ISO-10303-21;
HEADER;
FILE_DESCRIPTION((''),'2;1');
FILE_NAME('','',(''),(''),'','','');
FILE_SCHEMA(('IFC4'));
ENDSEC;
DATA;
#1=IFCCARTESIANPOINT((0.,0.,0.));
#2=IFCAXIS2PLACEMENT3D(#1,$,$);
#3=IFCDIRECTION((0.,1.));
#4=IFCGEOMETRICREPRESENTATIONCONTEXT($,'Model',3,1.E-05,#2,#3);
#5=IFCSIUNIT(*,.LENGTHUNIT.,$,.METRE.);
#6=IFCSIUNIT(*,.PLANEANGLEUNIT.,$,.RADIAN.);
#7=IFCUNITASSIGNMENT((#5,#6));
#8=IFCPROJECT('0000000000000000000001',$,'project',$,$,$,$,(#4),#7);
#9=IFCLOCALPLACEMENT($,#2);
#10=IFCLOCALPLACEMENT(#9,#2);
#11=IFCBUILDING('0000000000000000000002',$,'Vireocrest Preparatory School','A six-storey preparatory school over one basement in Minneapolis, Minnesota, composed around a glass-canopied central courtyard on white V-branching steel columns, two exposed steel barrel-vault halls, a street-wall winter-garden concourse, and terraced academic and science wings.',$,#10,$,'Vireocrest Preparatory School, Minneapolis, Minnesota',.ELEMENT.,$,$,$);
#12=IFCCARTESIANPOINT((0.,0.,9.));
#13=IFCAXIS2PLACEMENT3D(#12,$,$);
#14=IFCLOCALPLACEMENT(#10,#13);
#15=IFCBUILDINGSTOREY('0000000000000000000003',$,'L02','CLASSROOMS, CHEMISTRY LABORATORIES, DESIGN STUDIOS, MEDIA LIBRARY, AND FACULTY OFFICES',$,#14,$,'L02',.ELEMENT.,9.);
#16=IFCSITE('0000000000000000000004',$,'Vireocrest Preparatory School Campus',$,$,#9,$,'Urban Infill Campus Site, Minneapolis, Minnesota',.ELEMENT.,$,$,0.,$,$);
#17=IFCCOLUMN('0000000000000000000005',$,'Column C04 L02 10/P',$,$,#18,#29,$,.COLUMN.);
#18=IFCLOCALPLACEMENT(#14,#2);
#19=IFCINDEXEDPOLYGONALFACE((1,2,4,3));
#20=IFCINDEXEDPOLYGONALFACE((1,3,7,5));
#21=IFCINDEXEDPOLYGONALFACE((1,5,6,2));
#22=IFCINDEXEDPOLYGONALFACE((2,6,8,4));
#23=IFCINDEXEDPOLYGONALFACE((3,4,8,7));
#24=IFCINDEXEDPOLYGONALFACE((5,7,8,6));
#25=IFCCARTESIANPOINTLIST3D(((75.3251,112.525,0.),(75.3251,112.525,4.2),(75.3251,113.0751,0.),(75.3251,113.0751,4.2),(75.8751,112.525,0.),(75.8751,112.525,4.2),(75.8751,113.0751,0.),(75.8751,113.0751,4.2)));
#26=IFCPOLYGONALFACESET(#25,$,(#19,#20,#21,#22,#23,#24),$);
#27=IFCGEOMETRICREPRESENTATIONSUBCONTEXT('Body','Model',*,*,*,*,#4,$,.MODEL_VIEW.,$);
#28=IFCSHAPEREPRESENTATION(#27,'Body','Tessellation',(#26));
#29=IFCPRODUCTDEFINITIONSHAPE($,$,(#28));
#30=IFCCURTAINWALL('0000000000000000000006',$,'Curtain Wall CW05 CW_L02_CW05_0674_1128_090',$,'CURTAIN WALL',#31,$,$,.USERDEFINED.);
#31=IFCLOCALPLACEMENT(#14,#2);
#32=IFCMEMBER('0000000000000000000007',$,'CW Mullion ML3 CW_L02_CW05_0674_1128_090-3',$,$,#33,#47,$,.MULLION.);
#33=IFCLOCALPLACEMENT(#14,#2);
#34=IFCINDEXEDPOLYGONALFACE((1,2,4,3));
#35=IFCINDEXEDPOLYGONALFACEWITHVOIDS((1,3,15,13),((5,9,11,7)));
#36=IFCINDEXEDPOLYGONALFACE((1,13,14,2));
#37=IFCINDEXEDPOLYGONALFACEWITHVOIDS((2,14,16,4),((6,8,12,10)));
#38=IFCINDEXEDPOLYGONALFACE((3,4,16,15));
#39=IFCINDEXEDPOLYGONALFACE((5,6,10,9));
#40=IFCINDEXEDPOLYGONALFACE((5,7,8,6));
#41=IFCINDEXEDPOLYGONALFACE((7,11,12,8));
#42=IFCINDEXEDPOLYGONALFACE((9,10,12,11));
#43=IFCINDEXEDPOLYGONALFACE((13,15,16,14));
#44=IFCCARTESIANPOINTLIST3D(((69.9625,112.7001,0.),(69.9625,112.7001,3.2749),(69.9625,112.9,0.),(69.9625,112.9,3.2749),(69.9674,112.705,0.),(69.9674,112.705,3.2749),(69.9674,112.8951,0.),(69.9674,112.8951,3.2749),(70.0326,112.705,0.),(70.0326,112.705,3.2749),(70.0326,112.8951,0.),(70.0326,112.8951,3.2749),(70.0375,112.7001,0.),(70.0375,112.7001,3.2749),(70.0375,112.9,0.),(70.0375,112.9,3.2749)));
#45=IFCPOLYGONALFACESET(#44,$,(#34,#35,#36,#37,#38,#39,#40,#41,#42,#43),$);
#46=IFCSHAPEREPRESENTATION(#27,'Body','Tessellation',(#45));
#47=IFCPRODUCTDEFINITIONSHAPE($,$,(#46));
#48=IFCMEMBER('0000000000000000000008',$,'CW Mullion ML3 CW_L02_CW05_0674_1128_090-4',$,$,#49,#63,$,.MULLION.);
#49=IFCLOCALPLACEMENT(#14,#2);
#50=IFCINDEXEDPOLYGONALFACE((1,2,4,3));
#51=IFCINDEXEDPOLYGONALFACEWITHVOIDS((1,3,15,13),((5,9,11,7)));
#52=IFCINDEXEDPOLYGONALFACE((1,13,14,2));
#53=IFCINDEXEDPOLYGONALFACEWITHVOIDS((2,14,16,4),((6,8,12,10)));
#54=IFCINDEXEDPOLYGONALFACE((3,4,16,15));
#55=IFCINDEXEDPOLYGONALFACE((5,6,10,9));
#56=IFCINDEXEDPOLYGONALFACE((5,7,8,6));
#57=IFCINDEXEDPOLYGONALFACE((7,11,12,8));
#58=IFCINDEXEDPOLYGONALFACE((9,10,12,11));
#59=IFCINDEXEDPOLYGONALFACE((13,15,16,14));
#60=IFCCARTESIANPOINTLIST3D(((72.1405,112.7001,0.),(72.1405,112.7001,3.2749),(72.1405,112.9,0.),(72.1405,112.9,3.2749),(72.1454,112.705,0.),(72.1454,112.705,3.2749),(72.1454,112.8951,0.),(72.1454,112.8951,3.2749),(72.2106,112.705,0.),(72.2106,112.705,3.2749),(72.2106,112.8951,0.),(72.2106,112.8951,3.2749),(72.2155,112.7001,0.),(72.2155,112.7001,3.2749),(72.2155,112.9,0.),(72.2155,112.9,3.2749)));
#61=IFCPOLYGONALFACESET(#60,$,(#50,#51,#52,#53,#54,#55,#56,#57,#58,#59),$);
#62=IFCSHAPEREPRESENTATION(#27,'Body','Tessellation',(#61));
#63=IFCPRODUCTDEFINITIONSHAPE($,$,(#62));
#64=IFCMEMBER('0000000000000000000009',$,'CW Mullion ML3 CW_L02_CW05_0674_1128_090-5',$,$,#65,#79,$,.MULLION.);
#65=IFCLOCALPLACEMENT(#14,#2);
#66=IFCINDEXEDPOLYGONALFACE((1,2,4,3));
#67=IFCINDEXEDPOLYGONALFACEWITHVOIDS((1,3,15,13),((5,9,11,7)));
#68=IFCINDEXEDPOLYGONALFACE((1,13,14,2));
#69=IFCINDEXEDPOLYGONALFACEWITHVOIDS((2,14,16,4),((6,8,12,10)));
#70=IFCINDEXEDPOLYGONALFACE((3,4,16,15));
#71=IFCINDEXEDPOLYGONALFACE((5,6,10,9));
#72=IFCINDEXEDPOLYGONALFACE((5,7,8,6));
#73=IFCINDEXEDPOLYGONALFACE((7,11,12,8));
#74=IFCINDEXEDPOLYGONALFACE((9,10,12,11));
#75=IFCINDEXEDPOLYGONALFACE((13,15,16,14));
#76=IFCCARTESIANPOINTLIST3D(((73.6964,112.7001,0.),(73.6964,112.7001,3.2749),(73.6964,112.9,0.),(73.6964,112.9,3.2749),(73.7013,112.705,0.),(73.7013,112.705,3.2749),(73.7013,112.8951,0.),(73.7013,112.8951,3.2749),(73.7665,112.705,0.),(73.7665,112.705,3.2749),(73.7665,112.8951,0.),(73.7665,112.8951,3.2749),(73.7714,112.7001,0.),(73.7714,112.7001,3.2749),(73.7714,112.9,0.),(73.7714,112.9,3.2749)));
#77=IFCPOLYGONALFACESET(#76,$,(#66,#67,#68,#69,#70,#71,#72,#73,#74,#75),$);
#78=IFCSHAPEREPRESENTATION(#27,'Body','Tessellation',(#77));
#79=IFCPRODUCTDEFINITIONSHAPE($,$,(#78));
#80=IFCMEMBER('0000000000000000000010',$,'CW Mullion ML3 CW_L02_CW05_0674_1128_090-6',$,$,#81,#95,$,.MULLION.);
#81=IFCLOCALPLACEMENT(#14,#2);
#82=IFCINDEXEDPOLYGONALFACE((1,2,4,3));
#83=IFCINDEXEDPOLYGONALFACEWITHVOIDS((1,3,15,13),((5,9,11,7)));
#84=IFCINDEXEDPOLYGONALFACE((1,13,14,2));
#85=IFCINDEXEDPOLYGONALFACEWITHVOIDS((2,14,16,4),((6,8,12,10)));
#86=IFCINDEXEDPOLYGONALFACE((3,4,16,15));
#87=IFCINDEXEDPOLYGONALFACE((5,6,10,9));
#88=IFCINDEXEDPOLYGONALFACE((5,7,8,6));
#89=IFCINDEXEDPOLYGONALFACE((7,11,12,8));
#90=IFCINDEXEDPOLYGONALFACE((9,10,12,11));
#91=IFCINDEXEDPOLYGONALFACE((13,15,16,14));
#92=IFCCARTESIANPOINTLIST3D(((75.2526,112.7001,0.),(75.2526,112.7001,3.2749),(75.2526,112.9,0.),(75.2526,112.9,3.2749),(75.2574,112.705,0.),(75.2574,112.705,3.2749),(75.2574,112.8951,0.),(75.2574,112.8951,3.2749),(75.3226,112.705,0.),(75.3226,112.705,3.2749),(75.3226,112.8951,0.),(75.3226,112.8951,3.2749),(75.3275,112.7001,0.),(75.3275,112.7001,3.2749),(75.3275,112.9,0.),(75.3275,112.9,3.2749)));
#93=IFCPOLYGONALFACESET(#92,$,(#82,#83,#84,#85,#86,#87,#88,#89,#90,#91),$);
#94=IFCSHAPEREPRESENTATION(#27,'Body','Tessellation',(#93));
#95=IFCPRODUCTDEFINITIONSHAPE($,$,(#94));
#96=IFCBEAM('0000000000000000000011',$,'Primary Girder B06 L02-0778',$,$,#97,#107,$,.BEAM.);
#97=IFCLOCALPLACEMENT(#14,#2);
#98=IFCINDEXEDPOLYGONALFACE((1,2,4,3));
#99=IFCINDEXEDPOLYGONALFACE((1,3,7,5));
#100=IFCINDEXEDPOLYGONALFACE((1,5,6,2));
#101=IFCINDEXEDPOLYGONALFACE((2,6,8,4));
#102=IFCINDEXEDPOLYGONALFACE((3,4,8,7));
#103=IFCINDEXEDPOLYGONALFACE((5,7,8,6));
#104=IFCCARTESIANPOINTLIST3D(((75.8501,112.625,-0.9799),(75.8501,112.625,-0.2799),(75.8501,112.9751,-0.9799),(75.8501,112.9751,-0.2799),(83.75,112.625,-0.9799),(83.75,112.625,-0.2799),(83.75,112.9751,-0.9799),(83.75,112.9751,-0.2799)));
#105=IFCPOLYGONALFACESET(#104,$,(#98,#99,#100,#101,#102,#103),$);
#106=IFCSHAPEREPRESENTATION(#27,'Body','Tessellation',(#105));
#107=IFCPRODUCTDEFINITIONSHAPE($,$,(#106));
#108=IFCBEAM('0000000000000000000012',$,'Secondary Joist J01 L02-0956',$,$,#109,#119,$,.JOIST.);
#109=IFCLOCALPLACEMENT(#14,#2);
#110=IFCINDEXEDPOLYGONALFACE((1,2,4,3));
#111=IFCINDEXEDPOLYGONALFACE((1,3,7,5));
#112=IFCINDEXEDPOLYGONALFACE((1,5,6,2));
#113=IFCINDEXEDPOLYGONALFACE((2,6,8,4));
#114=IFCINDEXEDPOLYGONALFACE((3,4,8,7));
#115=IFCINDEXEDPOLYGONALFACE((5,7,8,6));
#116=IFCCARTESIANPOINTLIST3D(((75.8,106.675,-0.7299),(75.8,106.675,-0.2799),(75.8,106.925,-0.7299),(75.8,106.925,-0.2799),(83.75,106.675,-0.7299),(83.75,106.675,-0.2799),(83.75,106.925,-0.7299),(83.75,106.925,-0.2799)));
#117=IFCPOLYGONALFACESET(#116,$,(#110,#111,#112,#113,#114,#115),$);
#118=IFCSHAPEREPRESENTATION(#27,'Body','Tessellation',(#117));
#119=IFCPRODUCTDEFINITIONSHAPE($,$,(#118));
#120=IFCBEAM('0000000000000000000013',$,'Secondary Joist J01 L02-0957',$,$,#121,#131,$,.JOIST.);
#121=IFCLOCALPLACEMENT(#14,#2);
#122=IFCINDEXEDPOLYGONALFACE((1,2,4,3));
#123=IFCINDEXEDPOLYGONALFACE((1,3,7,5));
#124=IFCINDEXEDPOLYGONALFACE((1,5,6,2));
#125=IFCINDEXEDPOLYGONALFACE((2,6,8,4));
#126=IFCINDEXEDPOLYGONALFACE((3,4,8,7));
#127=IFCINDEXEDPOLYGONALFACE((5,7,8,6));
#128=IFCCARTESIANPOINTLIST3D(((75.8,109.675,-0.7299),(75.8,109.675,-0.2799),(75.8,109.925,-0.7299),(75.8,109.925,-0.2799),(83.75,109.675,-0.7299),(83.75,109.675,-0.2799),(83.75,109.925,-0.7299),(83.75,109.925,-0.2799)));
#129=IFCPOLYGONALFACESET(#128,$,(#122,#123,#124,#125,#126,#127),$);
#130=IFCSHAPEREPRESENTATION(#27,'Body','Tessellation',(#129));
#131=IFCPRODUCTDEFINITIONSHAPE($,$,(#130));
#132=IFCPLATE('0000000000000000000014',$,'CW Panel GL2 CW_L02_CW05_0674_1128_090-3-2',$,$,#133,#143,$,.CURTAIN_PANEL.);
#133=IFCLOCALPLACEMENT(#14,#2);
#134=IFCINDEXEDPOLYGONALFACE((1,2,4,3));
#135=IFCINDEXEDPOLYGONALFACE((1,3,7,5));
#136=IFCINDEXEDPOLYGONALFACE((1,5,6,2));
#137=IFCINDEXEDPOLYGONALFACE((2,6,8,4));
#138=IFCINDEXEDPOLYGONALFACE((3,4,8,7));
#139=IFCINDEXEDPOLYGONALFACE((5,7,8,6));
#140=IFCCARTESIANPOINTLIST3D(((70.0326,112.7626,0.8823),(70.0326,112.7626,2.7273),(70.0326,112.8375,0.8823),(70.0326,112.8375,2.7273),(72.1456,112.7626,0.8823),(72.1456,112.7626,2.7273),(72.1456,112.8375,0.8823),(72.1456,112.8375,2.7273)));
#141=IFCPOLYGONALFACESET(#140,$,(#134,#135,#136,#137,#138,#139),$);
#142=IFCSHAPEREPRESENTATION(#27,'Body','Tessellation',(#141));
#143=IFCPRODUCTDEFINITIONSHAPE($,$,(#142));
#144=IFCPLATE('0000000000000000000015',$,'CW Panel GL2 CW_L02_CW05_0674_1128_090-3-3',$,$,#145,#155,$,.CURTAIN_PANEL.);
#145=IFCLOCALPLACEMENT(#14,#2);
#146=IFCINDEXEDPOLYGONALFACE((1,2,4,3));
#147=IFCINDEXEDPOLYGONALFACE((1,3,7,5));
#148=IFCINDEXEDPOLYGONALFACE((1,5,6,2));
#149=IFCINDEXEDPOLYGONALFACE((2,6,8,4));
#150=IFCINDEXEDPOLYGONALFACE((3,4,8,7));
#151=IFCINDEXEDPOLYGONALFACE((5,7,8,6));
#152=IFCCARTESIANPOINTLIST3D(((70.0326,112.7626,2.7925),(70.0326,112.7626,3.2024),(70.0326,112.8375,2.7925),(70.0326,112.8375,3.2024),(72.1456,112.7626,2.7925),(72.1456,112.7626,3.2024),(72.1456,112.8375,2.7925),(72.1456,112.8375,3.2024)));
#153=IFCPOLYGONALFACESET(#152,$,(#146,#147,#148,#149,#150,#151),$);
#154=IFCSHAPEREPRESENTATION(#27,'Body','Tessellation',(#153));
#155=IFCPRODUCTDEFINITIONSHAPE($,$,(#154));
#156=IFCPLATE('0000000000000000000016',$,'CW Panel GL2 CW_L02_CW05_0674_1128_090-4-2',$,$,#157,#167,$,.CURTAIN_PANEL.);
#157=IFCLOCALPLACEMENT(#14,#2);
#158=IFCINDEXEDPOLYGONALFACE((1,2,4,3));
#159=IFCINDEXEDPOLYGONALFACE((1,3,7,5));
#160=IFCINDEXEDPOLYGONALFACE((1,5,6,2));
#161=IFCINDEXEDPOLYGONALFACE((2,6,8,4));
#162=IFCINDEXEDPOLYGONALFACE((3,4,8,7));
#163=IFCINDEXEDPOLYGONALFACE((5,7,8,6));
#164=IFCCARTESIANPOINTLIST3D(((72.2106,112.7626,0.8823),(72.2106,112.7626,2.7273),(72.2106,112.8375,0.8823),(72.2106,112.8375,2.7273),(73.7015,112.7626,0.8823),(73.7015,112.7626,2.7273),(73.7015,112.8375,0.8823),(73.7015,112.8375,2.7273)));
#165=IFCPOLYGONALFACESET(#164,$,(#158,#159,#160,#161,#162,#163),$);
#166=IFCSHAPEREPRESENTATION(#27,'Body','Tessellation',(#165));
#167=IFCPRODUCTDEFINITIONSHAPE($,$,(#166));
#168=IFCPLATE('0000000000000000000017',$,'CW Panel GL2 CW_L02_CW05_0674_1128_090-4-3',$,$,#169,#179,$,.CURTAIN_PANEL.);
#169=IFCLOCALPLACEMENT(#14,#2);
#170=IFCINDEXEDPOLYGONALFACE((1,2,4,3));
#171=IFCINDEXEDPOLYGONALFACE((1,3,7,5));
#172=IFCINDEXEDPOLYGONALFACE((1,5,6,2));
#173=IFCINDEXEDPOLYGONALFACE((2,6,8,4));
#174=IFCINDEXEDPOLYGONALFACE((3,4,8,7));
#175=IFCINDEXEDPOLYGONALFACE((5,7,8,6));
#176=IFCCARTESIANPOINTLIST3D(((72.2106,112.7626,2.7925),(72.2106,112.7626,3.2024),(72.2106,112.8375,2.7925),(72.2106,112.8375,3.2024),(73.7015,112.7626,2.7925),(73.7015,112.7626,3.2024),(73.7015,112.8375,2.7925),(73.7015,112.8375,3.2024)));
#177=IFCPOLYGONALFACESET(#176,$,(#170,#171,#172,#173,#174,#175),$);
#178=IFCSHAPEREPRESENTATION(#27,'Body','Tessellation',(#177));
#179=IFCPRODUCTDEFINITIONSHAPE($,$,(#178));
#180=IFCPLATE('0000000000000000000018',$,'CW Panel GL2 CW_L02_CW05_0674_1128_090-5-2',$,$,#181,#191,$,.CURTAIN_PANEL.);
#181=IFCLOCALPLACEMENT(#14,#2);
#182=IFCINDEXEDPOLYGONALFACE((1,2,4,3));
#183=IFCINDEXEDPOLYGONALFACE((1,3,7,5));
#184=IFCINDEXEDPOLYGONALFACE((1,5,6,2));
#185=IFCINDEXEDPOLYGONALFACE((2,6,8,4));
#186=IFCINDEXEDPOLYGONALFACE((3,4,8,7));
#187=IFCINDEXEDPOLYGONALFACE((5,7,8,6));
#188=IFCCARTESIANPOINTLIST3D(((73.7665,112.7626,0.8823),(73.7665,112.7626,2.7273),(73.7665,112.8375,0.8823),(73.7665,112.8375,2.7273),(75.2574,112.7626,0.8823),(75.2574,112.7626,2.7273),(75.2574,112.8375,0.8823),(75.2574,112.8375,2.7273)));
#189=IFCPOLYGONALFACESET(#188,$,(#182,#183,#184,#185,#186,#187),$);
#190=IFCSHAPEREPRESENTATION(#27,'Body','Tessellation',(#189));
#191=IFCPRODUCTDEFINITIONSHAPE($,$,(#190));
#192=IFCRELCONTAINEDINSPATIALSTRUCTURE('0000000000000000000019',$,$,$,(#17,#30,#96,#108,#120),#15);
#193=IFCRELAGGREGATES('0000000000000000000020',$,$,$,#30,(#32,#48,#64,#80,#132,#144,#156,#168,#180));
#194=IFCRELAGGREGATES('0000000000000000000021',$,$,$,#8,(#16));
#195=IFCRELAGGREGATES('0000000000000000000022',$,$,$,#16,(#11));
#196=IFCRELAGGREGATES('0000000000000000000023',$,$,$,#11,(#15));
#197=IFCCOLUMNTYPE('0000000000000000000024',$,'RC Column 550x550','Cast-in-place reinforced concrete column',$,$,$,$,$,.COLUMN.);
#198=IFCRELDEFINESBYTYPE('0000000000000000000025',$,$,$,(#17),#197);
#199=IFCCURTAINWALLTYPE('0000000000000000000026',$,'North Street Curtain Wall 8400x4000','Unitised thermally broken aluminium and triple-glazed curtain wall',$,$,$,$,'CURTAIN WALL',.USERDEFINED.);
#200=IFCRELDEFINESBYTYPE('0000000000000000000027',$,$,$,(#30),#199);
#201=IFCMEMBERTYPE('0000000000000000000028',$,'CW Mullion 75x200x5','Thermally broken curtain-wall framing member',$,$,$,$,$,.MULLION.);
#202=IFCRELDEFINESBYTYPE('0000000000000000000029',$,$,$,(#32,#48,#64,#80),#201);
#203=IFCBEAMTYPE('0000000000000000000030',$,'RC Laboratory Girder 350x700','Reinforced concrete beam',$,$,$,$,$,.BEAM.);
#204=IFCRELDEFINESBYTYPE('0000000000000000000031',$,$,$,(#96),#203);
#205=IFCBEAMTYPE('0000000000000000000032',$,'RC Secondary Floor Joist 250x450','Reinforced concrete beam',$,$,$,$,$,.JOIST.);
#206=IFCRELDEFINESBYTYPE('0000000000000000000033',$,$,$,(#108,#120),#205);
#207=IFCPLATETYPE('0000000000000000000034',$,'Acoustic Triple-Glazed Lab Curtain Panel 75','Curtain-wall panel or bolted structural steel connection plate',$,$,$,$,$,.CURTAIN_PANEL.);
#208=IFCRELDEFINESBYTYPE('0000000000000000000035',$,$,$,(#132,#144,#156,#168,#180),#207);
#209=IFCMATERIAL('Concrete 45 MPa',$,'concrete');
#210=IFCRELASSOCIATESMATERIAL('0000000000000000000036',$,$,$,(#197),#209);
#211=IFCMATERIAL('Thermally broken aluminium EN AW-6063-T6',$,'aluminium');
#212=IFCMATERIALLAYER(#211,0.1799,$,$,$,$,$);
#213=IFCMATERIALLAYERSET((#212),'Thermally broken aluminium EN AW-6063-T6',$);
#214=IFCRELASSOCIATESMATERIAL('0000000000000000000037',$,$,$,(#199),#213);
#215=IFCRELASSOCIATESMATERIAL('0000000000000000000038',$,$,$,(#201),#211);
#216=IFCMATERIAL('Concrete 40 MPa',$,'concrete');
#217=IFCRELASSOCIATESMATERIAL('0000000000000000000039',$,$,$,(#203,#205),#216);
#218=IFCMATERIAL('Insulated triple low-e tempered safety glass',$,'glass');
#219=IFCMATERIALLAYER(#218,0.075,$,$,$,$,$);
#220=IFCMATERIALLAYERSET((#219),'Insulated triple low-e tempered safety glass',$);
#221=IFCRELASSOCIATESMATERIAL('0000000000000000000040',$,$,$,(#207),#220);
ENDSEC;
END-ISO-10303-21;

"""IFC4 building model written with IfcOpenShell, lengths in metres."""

from ifc_helpers import new_model, si_unit, direction, frame, origin, origin_2d, place, context, subcontext, project, spatial, rectangle, hollow_rectangle, extrude, material, layer, layer_set, material_profile, profile_set, type_object, element, aggregate, save


model = new_model("IFC4")

# Units and contexts
model_context = context("Model", 3, precision=1e-05, world=origin(), true_north=direction((0.0, 1.0)))
body_context = subcontext(model_context, "Body", "Model", "MODEL_VIEW")
ifc_project = project(units=[si_unit("LENGTHUNIT", "METRE"), si_unit("PLANEANGLEUNIT", "RADIAN")], contexts=[model_context])

# Site, building, storey
site_placement = place(None, origin())
site = spatial("IfcSite", under=ifc_project, at=site_placement, Name="Vireocrest Preparatory School Campus", LongName="Urban Infill Campus Site, Minneapolis, Minnesota", CompositionType="ELEMENT", RefElevation=0.0)
building_placement = place(site_placement, origin())
building = spatial("IfcBuilding", under=site, at=building_placement, Name="Vireocrest Preparatory School", Description="A six-storey preparatory school over one basement in Minneapolis, Minnesota, composed around a glass-canopied central courtyard on white V-branching steel columns, two exposed steel barrel-vault halls, a street-wall winter-garden concourse, and terraced academic and science wings.", LongName="Vireocrest Preparatory School, Minneapolis, Minnesota", CompositionType="ELEMENT")
storey_placement = place(building_placement, frame((0.0, 0.0, 9.0)))
storey = spatial("IfcBuildingStorey", under=building, at=storey_placement, Name="L02", Description="CLASSROOMS, CHEMISTRY LABORATORIES, DESIGN STUDIOS, MEDIA LIBRARY, AND FACULTY OFFICES", LongName="L02", CompositionType="ELEMENT", Elevation=9.0)

# Column
ifc_material_1 = material(Name="Concrete 45 MPa", Category="concrete")
ifc_material_profile_1 = material_profile(ifc_material_1, rectangle(XDim=0.55, YDim=0.55, at=origin_2d()), Name="RC 550x550")
ifc_profile_set_1 = profile_set([ifc_material_profile_1], Name="Concrete 45 MPa")
column_type = type_object("IfcColumnType", Name="RC Column 550x550", Description="Cast-in-place reinforced concrete column", PredefinedType="COLUMN", material=ifc_profile_set_1)
column_placement = place(storey_placement, frame((75.6001, 112.8, 0.0), z_axis=(0.0, 0.0, 1.0), x_axis=(1.0, 0.0, 0.0)))
element("IfcColumn", 1, at=column_placement, inside=storey, type_object=column_type, Name="Column C04 L02 10/P", PredefinedType="COLUMN", context=body_context, shape_type="SweptSolid", body=[
    extrude(rectangle(XDim=0.55, YDim=0.55, at=origin_2d()), origin(), (0.0, 0.0, 1.0), 4.2),
])

# Curtain wall, members
ifc_material_2 = material(Name="Thermally broken aluminium EN AW-6063-T6", Category="aluminium")
ifc_layer_1 = layer(ifc_material_2, 0.1799)
ifc_layer_set_1 = layer_set([ifc_layer_1], Name="Thermally broken aluminium EN AW-6063-T6")
curtain_wall_type = type_object("IfcCurtainWallType", Name="North Street Curtain Wall 8400x4000", Description="Unitised thermally broken aluminium and triple-glazed curtain wall", ElementType="CURTAIN WALL", PredefinedType="USERDEFINED", material=ifc_layer_set_1)
curtain_wall_placement = place(storey_placement, origin())
curtain_wall = element("IfcCurtainWall", 2, at=curtain_wall_placement, inside=storey, type_object=curtain_wall_type, Name="Curtain Wall CW05 CW_L02_CW05_0674_1128_090", ObjectType="CURTAIN WALL", PredefinedType="USERDEFINED")
ifc_material_profile_2 = material_profile(ifc_material_2, hollow_rectangle(XDim=0.075, YDim=0.2, WallThickness=0.0049, at=origin_2d()), Name="ALU 75x200x5")
ifc_profile_set_2 = profile_set([ifc_material_profile_2], Name="Thermally broken aluminium EN AW-6063-T6")
member_type = type_object("IfcMemberType", Name="CW Mullion 75x200x5", Description="Thermally broken curtain-wall framing member", PredefinedType="MULLION", material=ifc_profile_set_2)
member_1_placement = place(storey_placement, frame((70.0, 112.8, 0.0), z_axis=(0.0, 0.0, 1.0), x_axis=(1.0, 0.0, 0.0)))
member_1 = element("IfcMember", 3, at=member_1_placement, type_object=member_type, Name="CW Mullion ML3 CW_L02_CW05_0674_1128_090-3", PredefinedType="MULLION", context=body_context, shape_type="SweptSolid", body=[
    extrude(hollow_rectangle(XDim=0.075, YDim=0.2, WallThickness=0.0049, at=origin_2d()), origin(), (0.0, 0.0, 1.0), 3.2749),
])
member_2_placement = place(storey_placement, frame((72.178, 112.8, 0.0), z_axis=(0.0, 0.0, 1.0), x_axis=(1.0, 0.0, 0.0)))
member_2 = element("IfcMember", 4, at=member_2_placement, type_object=member_type, Name="CW Mullion ML3 CW_L02_CW05_0674_1128_090-4", PredefinedType="MULLION", context=body_context, shape_type="SweptSolid", body=[
    extrude(hollow_rectangle(XDim=0.075, YDim=0.2, WallThickness=0.0049, at=origin_2d()), origin(), (0.0, 0.0, 1.0), 3.2749),
])
member_3_placement = place(storey_placement, frame((73.7339, 112.8, 0.0), z_axis=(0.0, 0.0, 1.0), x_axis=(1.0, 0.0, 0.0)))
member_3 = element("IfcMember", 5, at=member_3_placement, type_object=member_type, Name="CW Mullion ML3 CW_L02_CW05_0674_1128_090-5", PredefinedType="MULLION", context=body_context, shape_type="SweptSolid", body=[
    extrude(hollow_rectangle(XDim=0.075, YDim=0.2, WallThickness=0.0049, at=origin_2d()), origin(), (0.0, 0.0, 1.0), 3.2749),
])
member_4_placement = place(storey_placement, frame((75.29, 112.8, 0.0), z_axis=(0.0, 0.0, 1.0), x_axis=(1.0, 0.0, 0.0)))
member_4 = element("IfcMember", 6, at=member_4_placement, type_object=member_type, Name="CW Mullion ML3 CW_L02_CW05_0674_1128_090-6", PredefinedType="MULLION", context=body_context, shape_type="SweptSolid", body=[
    extrude(hollow_rectangle(XDim=0.075, YDim=0.2, WallThickness=0.0049, at=origin_2d()), origin(), (0.0, 0.0, 1.0), 3.2749),
])

# Beams
ifc_material_3 = material(Name="Concrete 40 MPa", Category="concrete")
ifc_material_profile_3 = material_profile(ifc_material_3, rectangle(XDim=0.3501, YDim=0.7, at=origin_2d()), Name="RC 350x700")
ifc_profile_set_3 = profile_set([ifc_material_profile_3], Name="Concrete 40 MPa")
beam_type_1 = type_object("IfcBeamType", Name="RC Laboratory Girder 350x700", Description="Reinforced concrete beam", PredefinedType="BEAM", material=ifc_profile_set_3)
beam_placement = place(storey_placement, frame((75.8501, 112.8, -0.6299), z_axis=(1.0, 0.0, 0.0), x_axis=(0.0, 1.0, 0.0)))
element("IfcBeam", 7, at=beam_placement, inside=storey, type_object=beam_type_1, Name="Primary Girder B06 L02-0778", PredefinedType="BEAM", context=body_context, shape_type="SweptSolid", body=[
    extrude(rectangle(XDim=0.3501, YDim=0.7, at=origin_2d()), origin(), (0.0, 0.0, 1.0), 7.8999),
])
ifc_material_profile_4 = material_profile(ifc_material_3, rectangle(XDim=0.25, YDim=0.45, at=origin_2d()), Name="RC 250x450")
ifc_profile_set_4 = profile_set([ifc_material_profile_4], Name="Concrete 40 MPa")
beam_type_2 = type_object("IfcBeamType", Name="RC Secondary Floor Joist 250x450", Description="Reinforced concrete beam", PredefinedType="JOIST", material=ifc_profile_set_4)
for number, where, z_axis, x_axis, name in (
    (8, (75.8, 106.8, -0.5049), (1.0, 0.0, 0.0), (0.0, 1.0, 0.0), "Secondary Joist J01 L02-0956"),
    (9, (75.8, 109.8, -0.5049), (1.0, 0.0, 0.0), (0.0, 1.0, 0.0), "Secondary Joist J01 L02-0957"),
):
    element("IfcBeam", number, at=place(storey_placement, frame(where, z_axis=z_axis, x_axis=x_axis)), inside=storey, type_object=beam_type_2, Name=name, PredefinedType="JOIST", context=body_context, shape_type="SweptSolid", body=[
        extrude(rectangle(XDim=0.25, YDim=0.45, at=origin_2d()), origin(), (0.0, 0.0, 1.0), 7.95),
    ])

# Plates
ifc_material_4 = material(Name="Insulated triple low-e tempered safety glass", Category="glass")
ifc_layer_2 = layer(ifc_material_4, 0.075)
ifc_layer_set_2 = layer_set([ifc_layer_2], Name="Insulated triple low-e tempered safety glass")
plate_type_1 = type_object("IfcPlateType", Name="Acoustic Triple-Glazed Lab Curtain Panel 75", Description="Curtain-wall panel or bolted structural steel connection plate", PredefinedType="CURTAIN_PANEL", material=ifc_layer_set_2)
plate_1_placement = place(storey_placement, frame((71.0891, 112.8, 0.8823), z_axis=(0.0, 0.0, 1.0), x_axis=(1.0, 0.0, 0.0)))
plate_1 = element("IfcPlate", 10, at=plate_1_placement, type_object=plate_type_1, Name="CW Panel GL2 CW_L02_CW05_0674_1128_090-3-2", PredefinedType="CURTAIN_PANEL", context=body_context, shape_type="SweptSolid", body=[
    extrude(rectangle(XDim=2.113, YDim=0.075, at=origin_2d()), origin(), (0.0, 0.0, 1.0), 1.845),
])
plate_2_placement = place(storey_placement, frame((71.0891, 112.8, 2.7925), z_axis=(0.0, 0.0, 1.0), x_axis=(1.0, 0.0, 0.0)))
plate_2 = element("IfcPlate", 11, at=plate_2_placement, type_object=plate_type_1, Name="CW Panel GL2 CW_L02_CW05_0674_1128_090-3-3", PredefinedType="CURTAIN_PANEL", context=body_context, shape_type="SweptSolid", body=[
    extrude(rectangle(XDim=2.113, YDim=0.075, at=origin_2d()), origin(), (0.0, 0.0, 1.0), 0.4099),
])
plate_3_placement = place(storey_placement, frame((72.9561, 112.8, 0.8823), z_axis=(0.0, 0.0, 1.0), x_axis=(1.0, 0.0, 0.0)))
plate_3 = element("IfcPlate", 12, at=plate_3_placement, type_object=plate_type_1, Name="CW Panel GL2 CW_L02_CW05_0674_1128_090-4-2", PredefinedType="CURTAIN_PANEL", context=body_context, shape_type="SweptSolid", body=[
    extrude(rectangle(XDim=1.491, YDim=0.075, at=origin_2d()), origin(), (0.0, 0.0, 1.0), 1.845),
])
plate_4_placement = place(storey_placement, frame((72.9561, 112.8, 2.7925), z_axis=(0.0, 0.0, 1.0), x_axis=(1.0, 0.0, 0.0)))
plate_4 = element("IfcPlate", 13, at=plate_4_placement, type_object=plate_type_1, Name="CW Panel GL2 CW_L02_CW05_0674_1128_090-4-3", PredefinedType="CURTAIN_PANEL", context=body_context, shape_type="SweptSolid", body=[
    extrude(rectangle(XDim=1.491, YDim=0.075, at=origin_2d()), origin(), (0.0, 0.0, 1.0), 0.4099),
])
plate_5_placement = place(storey_placement, frame((74.512, 112.8, 0.8823), z_axis=(0.0, 0.0, 1.0), x_axis=(1.0, 0.0, 0.0)))
plate_5 = element("IfcPlate", 14, at=plate_5_placement, type_object=plate_type_1, Name="CW Panel GL2 CW_L02_CW05_0674_1128_090-5-2", PredefinedType="CURTAIN_PANEL", context=body_context, shape_type="SweptSolid", body=[
    extrude(rectangle(XDim=1.491, YDim=0.075, at=origin_2d()), origin(), (0.0, 0.0, 1.0), 1.845),
])
aggregate(curtain_wall, [member_1, member_2, member_3, member_4, plate_1, plate_2, plate_3, plate_4, plate_5])

save(model, "model.ifc")
